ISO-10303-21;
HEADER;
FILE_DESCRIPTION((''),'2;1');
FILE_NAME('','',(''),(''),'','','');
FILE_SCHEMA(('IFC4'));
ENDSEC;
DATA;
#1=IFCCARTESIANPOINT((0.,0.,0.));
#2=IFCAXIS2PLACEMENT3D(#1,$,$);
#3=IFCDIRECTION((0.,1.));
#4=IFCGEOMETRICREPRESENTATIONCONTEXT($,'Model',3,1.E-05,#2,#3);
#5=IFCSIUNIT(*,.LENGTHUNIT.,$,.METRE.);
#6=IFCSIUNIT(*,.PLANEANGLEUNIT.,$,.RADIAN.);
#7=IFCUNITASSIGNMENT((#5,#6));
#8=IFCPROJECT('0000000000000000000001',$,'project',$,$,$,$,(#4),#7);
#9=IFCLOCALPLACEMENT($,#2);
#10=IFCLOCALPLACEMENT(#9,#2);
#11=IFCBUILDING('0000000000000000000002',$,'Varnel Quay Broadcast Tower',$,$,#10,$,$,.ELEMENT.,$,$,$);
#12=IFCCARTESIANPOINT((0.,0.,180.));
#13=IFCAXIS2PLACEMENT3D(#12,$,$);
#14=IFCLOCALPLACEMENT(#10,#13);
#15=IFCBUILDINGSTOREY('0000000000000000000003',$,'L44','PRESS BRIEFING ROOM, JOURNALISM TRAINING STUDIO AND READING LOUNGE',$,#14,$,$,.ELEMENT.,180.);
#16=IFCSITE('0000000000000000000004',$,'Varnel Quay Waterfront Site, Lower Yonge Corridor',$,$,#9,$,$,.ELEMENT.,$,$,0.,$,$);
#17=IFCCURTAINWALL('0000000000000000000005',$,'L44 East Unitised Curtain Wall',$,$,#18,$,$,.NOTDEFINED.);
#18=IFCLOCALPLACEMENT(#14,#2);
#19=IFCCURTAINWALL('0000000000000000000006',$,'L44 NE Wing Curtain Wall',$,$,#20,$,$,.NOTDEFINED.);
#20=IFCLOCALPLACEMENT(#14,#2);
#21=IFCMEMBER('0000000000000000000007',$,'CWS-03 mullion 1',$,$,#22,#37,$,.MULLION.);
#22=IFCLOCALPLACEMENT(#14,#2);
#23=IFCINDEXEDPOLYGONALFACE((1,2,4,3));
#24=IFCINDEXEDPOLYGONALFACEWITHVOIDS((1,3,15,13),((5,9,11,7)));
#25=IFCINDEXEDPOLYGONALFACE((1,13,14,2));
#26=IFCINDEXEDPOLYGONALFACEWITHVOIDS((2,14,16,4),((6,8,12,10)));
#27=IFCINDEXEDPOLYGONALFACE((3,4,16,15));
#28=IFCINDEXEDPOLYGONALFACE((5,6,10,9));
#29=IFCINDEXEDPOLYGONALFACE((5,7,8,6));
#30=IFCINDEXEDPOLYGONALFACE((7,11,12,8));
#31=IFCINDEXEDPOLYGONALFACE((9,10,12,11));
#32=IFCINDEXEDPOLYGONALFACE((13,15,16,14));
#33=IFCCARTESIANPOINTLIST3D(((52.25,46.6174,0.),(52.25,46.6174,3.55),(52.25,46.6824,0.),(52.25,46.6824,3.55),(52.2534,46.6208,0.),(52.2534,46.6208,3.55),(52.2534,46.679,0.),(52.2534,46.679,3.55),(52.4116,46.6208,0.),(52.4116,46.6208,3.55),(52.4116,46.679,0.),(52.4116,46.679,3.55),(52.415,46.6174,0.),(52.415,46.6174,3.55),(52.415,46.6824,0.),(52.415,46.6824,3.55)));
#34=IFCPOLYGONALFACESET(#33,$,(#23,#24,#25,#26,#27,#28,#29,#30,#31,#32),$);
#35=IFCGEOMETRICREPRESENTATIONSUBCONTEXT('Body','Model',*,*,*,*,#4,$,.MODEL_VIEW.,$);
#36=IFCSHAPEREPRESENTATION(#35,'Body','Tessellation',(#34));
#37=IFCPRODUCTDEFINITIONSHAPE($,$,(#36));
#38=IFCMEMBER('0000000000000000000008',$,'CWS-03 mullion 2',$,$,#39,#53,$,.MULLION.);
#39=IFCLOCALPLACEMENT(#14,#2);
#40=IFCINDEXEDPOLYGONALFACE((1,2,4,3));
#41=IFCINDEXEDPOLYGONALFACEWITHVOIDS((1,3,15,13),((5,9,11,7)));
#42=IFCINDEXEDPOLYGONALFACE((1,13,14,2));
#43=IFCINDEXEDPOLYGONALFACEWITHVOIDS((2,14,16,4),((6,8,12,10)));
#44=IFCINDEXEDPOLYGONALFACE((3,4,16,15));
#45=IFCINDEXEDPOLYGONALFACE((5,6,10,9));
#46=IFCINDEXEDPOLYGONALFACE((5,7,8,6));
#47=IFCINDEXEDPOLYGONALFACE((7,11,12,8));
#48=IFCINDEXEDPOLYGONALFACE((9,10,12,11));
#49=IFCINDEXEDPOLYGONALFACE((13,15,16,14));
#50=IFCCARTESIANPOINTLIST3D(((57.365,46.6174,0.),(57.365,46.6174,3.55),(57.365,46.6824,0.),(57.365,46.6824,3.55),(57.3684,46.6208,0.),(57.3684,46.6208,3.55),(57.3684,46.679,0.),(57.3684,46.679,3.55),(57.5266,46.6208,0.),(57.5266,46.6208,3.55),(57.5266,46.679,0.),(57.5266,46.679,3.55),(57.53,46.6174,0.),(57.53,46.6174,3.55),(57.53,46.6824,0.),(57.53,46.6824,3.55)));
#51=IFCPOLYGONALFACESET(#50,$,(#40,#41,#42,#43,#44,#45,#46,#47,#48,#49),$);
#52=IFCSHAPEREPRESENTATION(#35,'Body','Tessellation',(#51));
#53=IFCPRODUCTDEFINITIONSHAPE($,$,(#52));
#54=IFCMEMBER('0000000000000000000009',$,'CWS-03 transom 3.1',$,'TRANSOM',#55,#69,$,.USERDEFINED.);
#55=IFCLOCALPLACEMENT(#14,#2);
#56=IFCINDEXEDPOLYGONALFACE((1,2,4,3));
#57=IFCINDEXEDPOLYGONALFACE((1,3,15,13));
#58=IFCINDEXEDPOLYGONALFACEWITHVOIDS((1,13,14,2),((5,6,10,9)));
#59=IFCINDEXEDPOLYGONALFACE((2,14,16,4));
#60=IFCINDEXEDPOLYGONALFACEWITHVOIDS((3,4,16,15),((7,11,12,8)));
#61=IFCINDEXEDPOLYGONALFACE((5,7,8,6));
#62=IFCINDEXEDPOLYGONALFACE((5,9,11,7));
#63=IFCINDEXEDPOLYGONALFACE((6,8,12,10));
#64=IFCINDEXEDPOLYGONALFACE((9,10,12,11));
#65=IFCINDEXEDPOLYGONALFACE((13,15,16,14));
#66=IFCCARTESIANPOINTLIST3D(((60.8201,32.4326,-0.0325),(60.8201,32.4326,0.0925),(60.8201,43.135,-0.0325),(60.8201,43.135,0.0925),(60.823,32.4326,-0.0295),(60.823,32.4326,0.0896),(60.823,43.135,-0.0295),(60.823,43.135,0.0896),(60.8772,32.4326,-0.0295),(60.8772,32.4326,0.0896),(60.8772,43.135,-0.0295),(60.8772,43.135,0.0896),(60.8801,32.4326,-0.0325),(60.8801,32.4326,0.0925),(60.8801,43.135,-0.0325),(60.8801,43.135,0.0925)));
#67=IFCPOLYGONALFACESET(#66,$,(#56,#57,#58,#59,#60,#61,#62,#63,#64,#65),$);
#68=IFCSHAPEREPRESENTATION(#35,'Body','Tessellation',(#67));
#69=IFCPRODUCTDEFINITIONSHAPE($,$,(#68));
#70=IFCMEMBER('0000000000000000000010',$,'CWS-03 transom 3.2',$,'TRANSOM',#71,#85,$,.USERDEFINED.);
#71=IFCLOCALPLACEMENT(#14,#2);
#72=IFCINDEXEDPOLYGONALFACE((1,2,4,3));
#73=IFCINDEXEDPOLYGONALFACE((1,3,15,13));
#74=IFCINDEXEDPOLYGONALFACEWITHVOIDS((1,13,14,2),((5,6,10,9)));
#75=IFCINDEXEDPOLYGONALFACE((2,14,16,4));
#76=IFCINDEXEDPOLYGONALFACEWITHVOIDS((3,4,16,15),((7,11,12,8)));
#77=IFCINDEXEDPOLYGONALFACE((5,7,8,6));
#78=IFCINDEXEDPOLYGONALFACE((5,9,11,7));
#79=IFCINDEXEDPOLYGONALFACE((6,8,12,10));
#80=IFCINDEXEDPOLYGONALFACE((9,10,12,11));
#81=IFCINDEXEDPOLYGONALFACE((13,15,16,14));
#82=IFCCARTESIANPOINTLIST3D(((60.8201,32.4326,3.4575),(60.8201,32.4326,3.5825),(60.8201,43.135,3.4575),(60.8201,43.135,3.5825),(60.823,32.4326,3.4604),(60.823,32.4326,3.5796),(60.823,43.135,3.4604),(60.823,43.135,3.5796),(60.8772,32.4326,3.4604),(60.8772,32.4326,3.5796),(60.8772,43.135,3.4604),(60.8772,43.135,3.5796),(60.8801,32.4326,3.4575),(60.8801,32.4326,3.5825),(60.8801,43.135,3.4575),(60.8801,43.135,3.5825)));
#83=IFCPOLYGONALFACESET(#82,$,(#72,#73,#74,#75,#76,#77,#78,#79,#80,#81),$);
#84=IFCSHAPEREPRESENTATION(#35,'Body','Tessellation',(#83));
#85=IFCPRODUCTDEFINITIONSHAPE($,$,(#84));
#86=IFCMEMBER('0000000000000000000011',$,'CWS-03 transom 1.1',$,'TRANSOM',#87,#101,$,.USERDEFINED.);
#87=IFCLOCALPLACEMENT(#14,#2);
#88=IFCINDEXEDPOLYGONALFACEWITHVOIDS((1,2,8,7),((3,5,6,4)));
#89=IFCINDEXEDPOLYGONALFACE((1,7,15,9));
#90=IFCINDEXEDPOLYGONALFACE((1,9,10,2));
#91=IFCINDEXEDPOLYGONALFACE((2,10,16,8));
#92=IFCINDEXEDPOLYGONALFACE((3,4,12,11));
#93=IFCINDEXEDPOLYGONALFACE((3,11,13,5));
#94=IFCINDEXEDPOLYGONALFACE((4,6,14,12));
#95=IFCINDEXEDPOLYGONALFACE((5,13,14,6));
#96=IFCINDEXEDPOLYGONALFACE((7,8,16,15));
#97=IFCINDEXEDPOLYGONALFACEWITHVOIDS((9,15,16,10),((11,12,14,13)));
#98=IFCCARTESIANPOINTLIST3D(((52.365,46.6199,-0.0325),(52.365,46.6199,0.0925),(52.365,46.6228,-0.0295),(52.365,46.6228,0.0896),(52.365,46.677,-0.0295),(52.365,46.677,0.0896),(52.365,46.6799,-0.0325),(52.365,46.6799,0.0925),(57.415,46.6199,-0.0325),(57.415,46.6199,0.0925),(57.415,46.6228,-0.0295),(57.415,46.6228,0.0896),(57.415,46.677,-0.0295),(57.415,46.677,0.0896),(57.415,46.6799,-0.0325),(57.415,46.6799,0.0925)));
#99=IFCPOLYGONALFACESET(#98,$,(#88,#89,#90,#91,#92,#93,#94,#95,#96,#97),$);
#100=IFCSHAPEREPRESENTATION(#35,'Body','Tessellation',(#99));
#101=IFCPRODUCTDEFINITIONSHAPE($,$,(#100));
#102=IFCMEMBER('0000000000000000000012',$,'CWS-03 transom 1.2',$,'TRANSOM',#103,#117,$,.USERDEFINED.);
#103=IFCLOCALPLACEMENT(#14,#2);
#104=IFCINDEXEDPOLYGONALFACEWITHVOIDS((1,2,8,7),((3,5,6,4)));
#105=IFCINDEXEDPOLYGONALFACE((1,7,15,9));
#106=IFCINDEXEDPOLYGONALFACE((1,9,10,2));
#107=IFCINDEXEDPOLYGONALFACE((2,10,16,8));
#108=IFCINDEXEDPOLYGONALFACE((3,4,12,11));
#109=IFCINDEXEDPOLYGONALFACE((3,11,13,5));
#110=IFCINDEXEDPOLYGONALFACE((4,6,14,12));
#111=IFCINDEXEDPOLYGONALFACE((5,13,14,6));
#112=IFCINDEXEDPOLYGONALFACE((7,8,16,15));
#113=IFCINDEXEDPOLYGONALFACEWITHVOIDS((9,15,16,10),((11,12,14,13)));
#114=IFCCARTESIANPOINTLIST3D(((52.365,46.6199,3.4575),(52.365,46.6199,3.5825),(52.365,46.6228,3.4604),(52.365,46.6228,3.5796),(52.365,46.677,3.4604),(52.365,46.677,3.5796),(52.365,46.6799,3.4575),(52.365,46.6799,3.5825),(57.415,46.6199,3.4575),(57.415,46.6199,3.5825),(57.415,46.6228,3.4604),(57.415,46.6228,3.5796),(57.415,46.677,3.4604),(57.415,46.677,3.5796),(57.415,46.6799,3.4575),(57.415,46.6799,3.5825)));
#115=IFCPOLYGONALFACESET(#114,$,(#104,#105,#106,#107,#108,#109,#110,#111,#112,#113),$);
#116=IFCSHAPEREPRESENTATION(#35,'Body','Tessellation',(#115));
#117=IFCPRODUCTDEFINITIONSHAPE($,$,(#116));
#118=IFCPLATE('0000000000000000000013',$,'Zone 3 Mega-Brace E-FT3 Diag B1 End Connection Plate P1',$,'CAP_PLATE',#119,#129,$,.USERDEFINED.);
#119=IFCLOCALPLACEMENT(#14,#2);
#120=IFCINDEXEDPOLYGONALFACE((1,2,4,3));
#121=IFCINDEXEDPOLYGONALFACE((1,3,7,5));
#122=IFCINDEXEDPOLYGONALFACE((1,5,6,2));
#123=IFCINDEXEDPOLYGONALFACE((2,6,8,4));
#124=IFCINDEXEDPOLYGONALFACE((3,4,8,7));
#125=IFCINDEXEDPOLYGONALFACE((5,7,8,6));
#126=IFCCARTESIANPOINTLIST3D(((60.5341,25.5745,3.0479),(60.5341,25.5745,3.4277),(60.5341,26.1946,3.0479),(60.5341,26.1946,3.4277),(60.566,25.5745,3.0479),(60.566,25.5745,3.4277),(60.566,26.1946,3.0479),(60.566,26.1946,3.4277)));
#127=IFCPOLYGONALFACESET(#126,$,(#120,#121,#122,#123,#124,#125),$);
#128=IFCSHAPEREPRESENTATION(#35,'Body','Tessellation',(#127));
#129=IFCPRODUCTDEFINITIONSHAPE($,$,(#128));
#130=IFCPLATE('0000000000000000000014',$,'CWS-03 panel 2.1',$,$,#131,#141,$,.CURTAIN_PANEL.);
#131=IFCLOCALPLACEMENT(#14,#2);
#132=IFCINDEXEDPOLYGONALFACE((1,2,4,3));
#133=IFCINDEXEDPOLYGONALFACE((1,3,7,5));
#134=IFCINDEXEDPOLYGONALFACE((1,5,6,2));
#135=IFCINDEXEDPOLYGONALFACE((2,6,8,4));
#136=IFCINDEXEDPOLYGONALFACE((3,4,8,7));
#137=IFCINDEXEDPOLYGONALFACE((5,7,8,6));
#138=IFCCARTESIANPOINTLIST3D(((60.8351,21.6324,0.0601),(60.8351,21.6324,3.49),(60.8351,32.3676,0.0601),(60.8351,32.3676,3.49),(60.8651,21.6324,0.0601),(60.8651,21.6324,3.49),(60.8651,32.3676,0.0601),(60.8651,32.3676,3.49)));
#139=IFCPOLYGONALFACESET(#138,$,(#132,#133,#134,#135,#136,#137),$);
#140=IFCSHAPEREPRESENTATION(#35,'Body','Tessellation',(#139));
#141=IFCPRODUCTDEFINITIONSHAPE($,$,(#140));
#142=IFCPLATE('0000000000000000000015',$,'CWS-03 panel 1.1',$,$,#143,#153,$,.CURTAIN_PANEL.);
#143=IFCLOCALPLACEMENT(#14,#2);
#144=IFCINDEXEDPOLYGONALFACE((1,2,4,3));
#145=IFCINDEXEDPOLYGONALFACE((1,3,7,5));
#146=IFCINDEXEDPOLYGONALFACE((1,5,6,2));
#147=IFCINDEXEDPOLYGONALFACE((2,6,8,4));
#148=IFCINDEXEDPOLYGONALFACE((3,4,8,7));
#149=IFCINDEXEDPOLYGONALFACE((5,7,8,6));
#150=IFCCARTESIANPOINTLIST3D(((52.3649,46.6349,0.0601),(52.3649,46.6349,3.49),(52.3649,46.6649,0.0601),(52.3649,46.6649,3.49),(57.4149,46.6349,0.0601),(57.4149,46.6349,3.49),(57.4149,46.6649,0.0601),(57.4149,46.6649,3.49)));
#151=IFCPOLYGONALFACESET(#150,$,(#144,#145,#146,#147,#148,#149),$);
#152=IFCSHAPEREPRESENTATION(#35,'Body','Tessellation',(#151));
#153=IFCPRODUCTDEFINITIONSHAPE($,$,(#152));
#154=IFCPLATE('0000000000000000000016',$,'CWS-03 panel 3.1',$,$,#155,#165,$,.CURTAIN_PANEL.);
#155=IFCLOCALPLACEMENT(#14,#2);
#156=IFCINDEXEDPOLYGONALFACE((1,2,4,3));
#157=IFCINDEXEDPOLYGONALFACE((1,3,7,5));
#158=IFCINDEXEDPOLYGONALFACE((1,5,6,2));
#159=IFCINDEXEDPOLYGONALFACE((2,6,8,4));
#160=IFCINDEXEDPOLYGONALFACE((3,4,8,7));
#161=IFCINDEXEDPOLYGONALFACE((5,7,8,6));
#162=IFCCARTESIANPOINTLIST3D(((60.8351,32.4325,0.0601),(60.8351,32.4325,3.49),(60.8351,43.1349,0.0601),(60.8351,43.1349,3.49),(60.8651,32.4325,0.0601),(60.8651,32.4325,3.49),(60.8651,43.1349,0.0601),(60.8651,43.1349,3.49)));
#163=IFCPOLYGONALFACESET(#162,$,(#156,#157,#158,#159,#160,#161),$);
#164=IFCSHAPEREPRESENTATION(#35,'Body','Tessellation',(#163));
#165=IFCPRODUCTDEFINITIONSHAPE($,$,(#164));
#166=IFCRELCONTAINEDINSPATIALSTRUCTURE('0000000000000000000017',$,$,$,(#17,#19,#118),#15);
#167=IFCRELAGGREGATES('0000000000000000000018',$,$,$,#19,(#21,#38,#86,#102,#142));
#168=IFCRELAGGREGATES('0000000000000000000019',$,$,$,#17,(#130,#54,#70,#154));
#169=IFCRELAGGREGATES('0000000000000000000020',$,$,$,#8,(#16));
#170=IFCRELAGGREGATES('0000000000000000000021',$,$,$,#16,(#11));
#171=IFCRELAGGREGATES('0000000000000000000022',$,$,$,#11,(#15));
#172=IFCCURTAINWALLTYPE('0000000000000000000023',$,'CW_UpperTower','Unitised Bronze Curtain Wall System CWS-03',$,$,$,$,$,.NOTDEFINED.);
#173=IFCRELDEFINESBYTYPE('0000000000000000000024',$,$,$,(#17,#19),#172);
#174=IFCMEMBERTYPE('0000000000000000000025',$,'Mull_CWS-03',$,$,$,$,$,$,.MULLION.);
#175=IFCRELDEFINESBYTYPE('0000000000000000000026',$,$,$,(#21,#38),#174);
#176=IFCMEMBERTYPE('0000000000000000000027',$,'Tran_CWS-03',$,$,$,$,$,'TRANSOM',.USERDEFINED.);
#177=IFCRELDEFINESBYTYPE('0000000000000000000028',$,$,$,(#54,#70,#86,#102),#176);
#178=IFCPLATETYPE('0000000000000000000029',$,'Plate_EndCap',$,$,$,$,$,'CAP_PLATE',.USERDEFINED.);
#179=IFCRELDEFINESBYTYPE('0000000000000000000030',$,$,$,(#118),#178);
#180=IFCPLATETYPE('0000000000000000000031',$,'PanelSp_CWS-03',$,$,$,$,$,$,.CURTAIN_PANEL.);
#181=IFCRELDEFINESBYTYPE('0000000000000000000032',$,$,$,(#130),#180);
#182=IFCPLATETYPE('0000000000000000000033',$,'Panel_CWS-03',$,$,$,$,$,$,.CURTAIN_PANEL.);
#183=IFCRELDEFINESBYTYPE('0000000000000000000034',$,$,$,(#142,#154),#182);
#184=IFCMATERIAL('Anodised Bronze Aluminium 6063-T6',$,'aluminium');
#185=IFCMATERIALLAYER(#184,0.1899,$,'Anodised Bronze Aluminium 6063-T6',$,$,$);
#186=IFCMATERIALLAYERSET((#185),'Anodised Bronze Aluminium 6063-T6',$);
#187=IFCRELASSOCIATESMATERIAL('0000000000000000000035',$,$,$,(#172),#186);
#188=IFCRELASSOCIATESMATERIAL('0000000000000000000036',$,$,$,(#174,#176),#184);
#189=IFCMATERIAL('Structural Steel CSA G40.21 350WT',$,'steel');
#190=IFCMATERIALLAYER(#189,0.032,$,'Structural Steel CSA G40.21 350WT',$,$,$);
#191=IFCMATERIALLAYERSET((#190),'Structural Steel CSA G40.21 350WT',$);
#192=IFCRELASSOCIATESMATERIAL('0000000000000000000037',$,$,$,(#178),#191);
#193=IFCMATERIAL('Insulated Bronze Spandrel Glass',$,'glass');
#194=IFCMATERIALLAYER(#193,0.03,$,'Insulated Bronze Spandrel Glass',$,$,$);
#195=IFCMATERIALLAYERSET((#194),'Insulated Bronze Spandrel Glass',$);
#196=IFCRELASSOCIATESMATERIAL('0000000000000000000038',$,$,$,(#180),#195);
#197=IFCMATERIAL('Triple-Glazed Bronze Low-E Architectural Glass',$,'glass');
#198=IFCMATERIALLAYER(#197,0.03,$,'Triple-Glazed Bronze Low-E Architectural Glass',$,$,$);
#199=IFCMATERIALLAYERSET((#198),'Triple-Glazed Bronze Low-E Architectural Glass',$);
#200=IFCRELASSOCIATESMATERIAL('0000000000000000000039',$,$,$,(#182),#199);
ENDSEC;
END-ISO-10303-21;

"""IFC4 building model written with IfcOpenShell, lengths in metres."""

from ifc_helpers import new_model, si_unit, direction, frame, origin, origin_2d, place, context, subcontext, project, spatial, rectangle, hollow_rectangle, extrude, source, transform, mapped, material, layer, layer_set, material_profile, profile_set, type_object, type_shapes, element, aggregate, save


model = new_model("IFC4")

# Units and contexts
model_context = context("Model", 3, precision=1e-05, world=origin(), true_north=direction((0.0, 1.0)))
body_context = subcontext(model_context, "Body", "Model", "MODEL_VIEW")
ifc_project = project(units=[si_unit("LENGTHUNIT", "METRE"), si_unit("PLANEANGLEUNIT", "RADIAN")], contexts=[model_context])

# Site, building, storey
site_placement = place(None, origin())
site = spatial("IfcSite", under=ifc_project, at=site_placement, Name="Varnel Quay Waterfront Site, Lower Yonge Corridor", CompositionType="ELEMENT", RefElevation=0.0)
building_placement = place(site_placement, origin())
building = spatial("IfcBuilding", under=site, at=building_placement, Name="Varnel Quay Broadcast Tower", CompositionType="ELEMENT")
storey_placement = place(building_placement, frame((0.0, 0.0, 180.0)))
storey = spatial("IfcBuildingStorey", under=building, at=storey_placement, Name="L44", Description="PRESS BRIEFING ROOM, JOURNALISM TRAINING STUDIO AND READING LOUNGE", CompositionType="ELEMENT", Elevation=180.0)

# Shared definitions
ifc_material_1 = material(Name="Structural Steel CSA G40.21 350WT", Category="steel")

# Curtain walls, members
ifc_material_2 = material(Name="Anodised Bronze Aluminium 6063-T6", Category="aluminium")
ifc_layer_1 = layer(ifc_material_2, 0.1899, Name="Anodised Bronze Aluminium 6063-T6")
ifc_layer_set_1 = layer_set([ifc_layer_1], Name="Anodised Bronze Aluminium 6063-T6")
curtain_wall_type = type_object("IfcCurtainWallType", Name="CW_UpperTower", Description="Unitised Bronze Curtain Wall System CWS-03", PredefinedType="NOTDEFINED", material=ifc_layer_set_1)
curtain_wall_1_placement = place(storey_placement, origin())
curtain_wall_1 = element("IfcCurtainWall", 1, at=curtain_wall_1_placement, inside=storey, type_object=curtain_wall_type, Name="L44 East Unitised Curtain Wall", PredefinedType="NOTDEFINED")
ifc_material_profile_1 = material_profile(ifc_material_2, hollow_rectangle(XDim=0.0649, YDim=0.165, WallThickness=0.0034, at=origin_2d()), Name="ALU65X165X3.5")
ifc_profile_set_1 = profile_set([ifc_material_profile_1], Name="Anodised Bronze Aluminium 6063-T6")
member_type_1 = type_object("IfcMemberType", Name="Mull_CWS-03", PredefinedType="MULLION", material=ifc_profile_set_1)
shared_shape_1 = source(origin(), body_context, "Body", "SweptSolid", [
    extrude(hollow_rectangle(XDim=0.0649, YDim=0.165, WallThickness=0.0034, at=origin_2d()), origin(), (0.0, 0.0, 1.0), 3.55),
])
type_shapes(member_type_1, [shared_shape_1])
curtain_wall_2_placement = place(storey_placement, origin())
curtain_wall_2 = element("IfcCurtainWall", 2, at=curtain_wall_2_placement, inside=storey, type_object=curtain_wall_type, Name="L44 NE Wing Curtain Wall", PredefinedType="NOTDEFINED")
member_1_placement = place(storey_placement, frame((52.3325, 46.6499, 0.0), z_axis=(0.0, 0.0, 1.0), x_axis=(0.0, 1.0, 0.0)))
member_1 = element("IfcMember", 3, at=member_1_placement, type_object=member_type_1, Name="CWS-03 mullion 1", PredefinedType="MULLION", context=body_context, shape_type="MappedRepresentation", body=[
    mapped(shared_shape_1, transform((0.0, 0.0, 0.0), x_axis=(1.0, 0.0, 0.0), y_axis=(0.0, 1.0, 0.0), z_axis=(0.0, 0.0, 1.0), scale=1.0)),
])
member_2_placement = place(storey_placement, frame((57.4475, 46.6499, 0.0), z_axis=(0.0, 0.0, 1.0), x_axis=(0.0, 1.0, 0.0)))
member_2 = element("IfcMember", 4, at=member_2_placement, type_object=member_type_1, Name="CWS-03 mullion 2", PredefinedType="MULLION", context=body_context, shape_type="MappedRepresentation", body=[
    mapped(shared_shape_1, transform((0.0, 0.0, 0.0), x_axis=(1.0, 0.0, 0.0), y_axis=(0.0, 1.0, 0.0), z_axis=(0.0, 0.0, 1.0), scale=1.0)),
])

# Members
ifc_material_profile_2 = material_profile(ifc_material_2, hollow_rectangle(XDim=0.0601, YDim=0.125, WallThickness=0.0029, at=origin_2d()), Name="ALU60X125X3")
ifc_profile_set_2 = profile_set([ifc_material_profile_2], Name="Anodised Bronze Aluminium 6063-T6")
member_type_2 = type_object("IfcMemberType", Name="Tran_CWS-03", ElementType="TRANSOM", PredefinedType="USERDEFINED", material=ifc_profile_set_2)
shared_shape_2 = source(origin(), body_context, "Body", "SweptSolid", [
    extrude(hollow_rectangle(XDim=0.0601, YDim=0.125, WallThickness=0.0029, at=origin_2d()), origin(), (0.0, 0.0, 1.0), 10.7024),
])
member_3_placement = place(storey_placement, frame((60.8501, 32.4326, 0.03), z_axis=(0.0, 1.0, 0.0), x_axis=(-1.0, 0.0, 0.0)))
member_3 = element("IfcMember", 5, at=member_3_placement, type_object=member_type_2, Name="CWS-03 transom 3.1", ObjectType="TRANSOM", PredefinedType="USERDEFINED", context=body_context, shape_type="MappedRepresentation", body=[
    mapped(shared_shape_2, transform((0.0, 0.0, 0.0), x_axis=(1.0, 0.0, 0.0), y_axis=(0.0, 1.0, 0.0), z_axis=(0.0, 0.0, 1.0), scale=1.0)),
])
member_4_placement = place(storey_placement, frame((60.8501, 32.4326, 3.52), z_axis=(0.0, 1.0, 0.0), x_axis=(-1.0, 0.0, 0.0)))
member_4 = element("IfcMember", 6, at=member_4_placement, type_object=member_type_2, Name="CWS-03 transom 3.2", ObjectType="TRANSOM", PredefinedType="USERDEFINED", context=body_context, shape_type="MappedRepresentation", body=[
    mapped(shared_shape_2, transform((0.0, 0.0, 0.0), x_axis=(1.0, 0.0, 0.0), y_axis=(0.0, 1.0, 0.0), z_axis=(0.0, 0.0, 1.0), scale=1.0)),
])
shared_shape_3 = source(origin(), body_context, "Body", "SweptSolid", [
    extrude(hollow_rectangle(XDim=0.0601, YDim=0.125, WallThickness=0.0029, at=origin_2d()), origin(), (0.0, 0.0, 1.0), 5.05),
])
type_shapes(member_type_2, [shared_shape_2, shared_shape_3])
member_5_placement = place(storey_placement, frame((52.365, 46.6499, 0.03), z_axis=(1.0, 0.0, 0.0), x_axis=(0.0, 1.0, 0.0)))
member_5 = element("IfcMember", 7, at=member_5_placement, type_object=member_type_2, Name="CWS-03 transom 1.1", ObjectType="TRANSOM", PredefinedType="USERDEFINED", context=body_context, shape_type="MappedRepresentation", body=[
    mapped(shared_shape_3, transform((0.0, 0.0, 0.0), x_axis=(1.0, 0.0, 0.0), y_axis=(0.0, 1.0, 0.0), z_axis=(0.0, 0.0, 1.0), scale=1.0)),
])
member_6_placement = place(storey_placement, frame((52.365, 46.6499, 3.52), z_axis=(1.0, 0.0, 0.0), x_axis=(0.0, 1.0, 0.0)))
member_6 = element("IfcMember", 8, at=member_6_placement, type_object=member_type_2, Name="CWS-03 transom 1.2", ObjectType="TRANSOM", PredefinedType="USERDEFINED", context=body_context, shape_type="MappedRepresentation", body=[
    mapped(shared_shape_3, transform((0.0, 0.0, 0.0), x_axis=(1.0, 0.0, 0.0), y_axis=(0.0, 1.0, 0.0), z_axis=(0.0, 0.0, 1.0), scale=1.0)),
])

# Plates
ifc_layer_2 = layer(ifc_material_1, 0.032, Name="Structural Steel CSA G40.21 350WT")
ifc_layer_set_2 = layer_set([ifc_layer_2], Name="Structural Steel CSA G40.21 350WT")
plate_type_1 = type_object("IfcPlateType", Name="Plate_EndCap", ElementType="CAP_PLATE", PredefinedType="USERDEFINED", material=ifc_layer_set_2)
shared_shape_4 = source(origin(), body_context, "Body", "SweptSolid", [
    extrude(rectangle(XDim=0.6201, YDim=0.032, at=origin_2d()), origin(), (0.0, 0.0, 1.0), 0.3799),
])
type_shapes(plate_type_1, [shared_shape_4])
plate_1_placement = place(storey_placement, frame((60.55, 25.8845, 3.0479), z_axis=(0.0, 0.0, 1.0), x_axis=(0.0, 1.0, 0.0)))
element("IfcPlate", 9, at=plate_1_placement, inside=storey, type_object=plate_type_1, Name="Zone 3 Mega-Brace E-FT3 Diag B1 End Connection Plate P1", ObjectType="CAP_PLATE", PredefinedType="USERDEFINED", context=body_context, shape_type="MappedRepresentation", body=[
    mapped(shared_shape_4, transform((0.0, 0.0, 0.0), x_axis=(1.0, 0.0, 0.0), y_axis=(0.0, 1.0, 0.0), z_axis=(0.0, 0.0, 1.0), scale=1.0)),
])
ifc_material_3 = material(Name="Insulated Bronze Spandrel Glass", Category="glass")
ifc_layer_3 = layer(ifc_material_3, 0.03, Name="Insulated Bronze Spandrel Glass")
ifc_layer_set_3 = layer_set([ifc_layer_3], Name="Insulated Bronze Spandrel Glass")
plate_type_2 = type_object("IfcPlateType", Name="PanelSp_CWS-03", PredefinedType="CURTAIN_PANEL", material=ifc_layer_set_3)
shared_shape_5 = source(origin(), body_context, "Body", "SweptSolid", [
    extrude(rectangle(XDim=10.7351, YDim=0.03, at=origin_2d()), origin(), (0.0, 0.0, 1.0), 3.4299),
])
type_shapes(plate_type_2, [shared_shape_5])
plate_2_placement = place(storey_placement, frame((60.8501, 27.0, 0.0601), z_axis=(0.0, 0.0, 1.0), x_axis=(0.0, 1.0, 0.0)))
plate_2 = element("IfcPlate", 10, at=plate_2_placement, type_object=plate_type_2, Name="CWS-03 panel 2.1", PredefinedType="CURTAIN_PANEL", context=body_context, shape_type="MappedRepresentation", body=[
    mapped(shared_shape_5, transform((0.0, 0.0, 0.0), x_axis=(1.0, 0.0, 0.0), y_axis=(0.0, 1.0, 0.0), z_axis=(0.0, 0.0, 1.0), scale=1.0)),
])
ifc_material_4 = material(Name="Triple-Glazed Bronze Low-E Architectural Glass", Category="glass")
ifc_layer_4 = layer(ifc_material_4, 0.03, Name="Triple-Glazed Bronze Low-E Architectural Glass")
ifc_layer_set_4 = layer_set([ifc_layer_4], Name="Triple-Glazed Bronze Low-E Architectural Glass")
plate_type_3 = type_object("IfcPlateType", Name="Panel_CWS-03", PredefinedType="CURTAIN_PANEL", material=ifc_layer_set_4)
shared_shape_6 = source(origin(), body_context, "Body", "SweptSolid", [
    extrude(rectangle(XDim=5.05, YDim=0.03, at=origin_2d()), origin(), (0.0, 0.0, 1.0), 3.4299),
])
plate_3_placement = place(storey_placement, frame((54.8899, 46.6499, 0.0601), z_axis=(0.0, 0.0, 1.0), x_axis=(1.0, 0.0, 0.0)))
plate_3 = element("IfcPlate", 11, at=plate_3_placement, type_object=plate_type_3, Name="CWS-03 panel 1.1", PredefinedType="CURTAIN_PANEL", context=body_context, shape_type="MappedRepresentation", body=[
    mapped(shared_shape_6, transform((0.0, 0.0, 0.0), x_axis=(1.0, 0.0, 0.0), y_axis=(0.0, 1.0, 0.0), z_axis=(0.0, 0.0, 1.0), scale=1.0)),
])
aggregate(curtain_wall_2, [member_1, member_2, member_5, member_6, plate_3])
shared_shape_7 = source(origin(), body_context, "Body", "SweptSolid", [
    extrude(rectangle(XDim=10.7024, YDim=0.03, at=origin_2d()), origin(), (0.0, 0.0, 1.0), 3.4299),
])
type_shapes(plate_type_3, [shared_shape_6, shared_shape_7])
plate_4_placement = place(storey_placement, frame((60.8501, 37.7837, 0.0601), z_axis=(0.0, 0.0, 1.0), x_axis=(0.0, 1.0, 0.0)))
plate_4 = element("IfcPlate", 12, at=plate_4_placement, type_object=plate_type_3, Name="CWS-03 panel 3.1", PredefinedType="CURTAIN_PANEL", context=body_context, shape_type="MappedRepresentation", body=[
    mapped(shared_shape_7, transform((0.0, 0.0, 0.0), x_axis=(1.0, 0.0, 0.0), y_axis=(0.0, 1.0, 0.0), z_axis=(0.0, 0.0, 1.0), scale=1.0)),
])
aggregate(curtain_wall_1, [plate_2, member_3, member_4, plate_4])

save(model, "model.ifc")
